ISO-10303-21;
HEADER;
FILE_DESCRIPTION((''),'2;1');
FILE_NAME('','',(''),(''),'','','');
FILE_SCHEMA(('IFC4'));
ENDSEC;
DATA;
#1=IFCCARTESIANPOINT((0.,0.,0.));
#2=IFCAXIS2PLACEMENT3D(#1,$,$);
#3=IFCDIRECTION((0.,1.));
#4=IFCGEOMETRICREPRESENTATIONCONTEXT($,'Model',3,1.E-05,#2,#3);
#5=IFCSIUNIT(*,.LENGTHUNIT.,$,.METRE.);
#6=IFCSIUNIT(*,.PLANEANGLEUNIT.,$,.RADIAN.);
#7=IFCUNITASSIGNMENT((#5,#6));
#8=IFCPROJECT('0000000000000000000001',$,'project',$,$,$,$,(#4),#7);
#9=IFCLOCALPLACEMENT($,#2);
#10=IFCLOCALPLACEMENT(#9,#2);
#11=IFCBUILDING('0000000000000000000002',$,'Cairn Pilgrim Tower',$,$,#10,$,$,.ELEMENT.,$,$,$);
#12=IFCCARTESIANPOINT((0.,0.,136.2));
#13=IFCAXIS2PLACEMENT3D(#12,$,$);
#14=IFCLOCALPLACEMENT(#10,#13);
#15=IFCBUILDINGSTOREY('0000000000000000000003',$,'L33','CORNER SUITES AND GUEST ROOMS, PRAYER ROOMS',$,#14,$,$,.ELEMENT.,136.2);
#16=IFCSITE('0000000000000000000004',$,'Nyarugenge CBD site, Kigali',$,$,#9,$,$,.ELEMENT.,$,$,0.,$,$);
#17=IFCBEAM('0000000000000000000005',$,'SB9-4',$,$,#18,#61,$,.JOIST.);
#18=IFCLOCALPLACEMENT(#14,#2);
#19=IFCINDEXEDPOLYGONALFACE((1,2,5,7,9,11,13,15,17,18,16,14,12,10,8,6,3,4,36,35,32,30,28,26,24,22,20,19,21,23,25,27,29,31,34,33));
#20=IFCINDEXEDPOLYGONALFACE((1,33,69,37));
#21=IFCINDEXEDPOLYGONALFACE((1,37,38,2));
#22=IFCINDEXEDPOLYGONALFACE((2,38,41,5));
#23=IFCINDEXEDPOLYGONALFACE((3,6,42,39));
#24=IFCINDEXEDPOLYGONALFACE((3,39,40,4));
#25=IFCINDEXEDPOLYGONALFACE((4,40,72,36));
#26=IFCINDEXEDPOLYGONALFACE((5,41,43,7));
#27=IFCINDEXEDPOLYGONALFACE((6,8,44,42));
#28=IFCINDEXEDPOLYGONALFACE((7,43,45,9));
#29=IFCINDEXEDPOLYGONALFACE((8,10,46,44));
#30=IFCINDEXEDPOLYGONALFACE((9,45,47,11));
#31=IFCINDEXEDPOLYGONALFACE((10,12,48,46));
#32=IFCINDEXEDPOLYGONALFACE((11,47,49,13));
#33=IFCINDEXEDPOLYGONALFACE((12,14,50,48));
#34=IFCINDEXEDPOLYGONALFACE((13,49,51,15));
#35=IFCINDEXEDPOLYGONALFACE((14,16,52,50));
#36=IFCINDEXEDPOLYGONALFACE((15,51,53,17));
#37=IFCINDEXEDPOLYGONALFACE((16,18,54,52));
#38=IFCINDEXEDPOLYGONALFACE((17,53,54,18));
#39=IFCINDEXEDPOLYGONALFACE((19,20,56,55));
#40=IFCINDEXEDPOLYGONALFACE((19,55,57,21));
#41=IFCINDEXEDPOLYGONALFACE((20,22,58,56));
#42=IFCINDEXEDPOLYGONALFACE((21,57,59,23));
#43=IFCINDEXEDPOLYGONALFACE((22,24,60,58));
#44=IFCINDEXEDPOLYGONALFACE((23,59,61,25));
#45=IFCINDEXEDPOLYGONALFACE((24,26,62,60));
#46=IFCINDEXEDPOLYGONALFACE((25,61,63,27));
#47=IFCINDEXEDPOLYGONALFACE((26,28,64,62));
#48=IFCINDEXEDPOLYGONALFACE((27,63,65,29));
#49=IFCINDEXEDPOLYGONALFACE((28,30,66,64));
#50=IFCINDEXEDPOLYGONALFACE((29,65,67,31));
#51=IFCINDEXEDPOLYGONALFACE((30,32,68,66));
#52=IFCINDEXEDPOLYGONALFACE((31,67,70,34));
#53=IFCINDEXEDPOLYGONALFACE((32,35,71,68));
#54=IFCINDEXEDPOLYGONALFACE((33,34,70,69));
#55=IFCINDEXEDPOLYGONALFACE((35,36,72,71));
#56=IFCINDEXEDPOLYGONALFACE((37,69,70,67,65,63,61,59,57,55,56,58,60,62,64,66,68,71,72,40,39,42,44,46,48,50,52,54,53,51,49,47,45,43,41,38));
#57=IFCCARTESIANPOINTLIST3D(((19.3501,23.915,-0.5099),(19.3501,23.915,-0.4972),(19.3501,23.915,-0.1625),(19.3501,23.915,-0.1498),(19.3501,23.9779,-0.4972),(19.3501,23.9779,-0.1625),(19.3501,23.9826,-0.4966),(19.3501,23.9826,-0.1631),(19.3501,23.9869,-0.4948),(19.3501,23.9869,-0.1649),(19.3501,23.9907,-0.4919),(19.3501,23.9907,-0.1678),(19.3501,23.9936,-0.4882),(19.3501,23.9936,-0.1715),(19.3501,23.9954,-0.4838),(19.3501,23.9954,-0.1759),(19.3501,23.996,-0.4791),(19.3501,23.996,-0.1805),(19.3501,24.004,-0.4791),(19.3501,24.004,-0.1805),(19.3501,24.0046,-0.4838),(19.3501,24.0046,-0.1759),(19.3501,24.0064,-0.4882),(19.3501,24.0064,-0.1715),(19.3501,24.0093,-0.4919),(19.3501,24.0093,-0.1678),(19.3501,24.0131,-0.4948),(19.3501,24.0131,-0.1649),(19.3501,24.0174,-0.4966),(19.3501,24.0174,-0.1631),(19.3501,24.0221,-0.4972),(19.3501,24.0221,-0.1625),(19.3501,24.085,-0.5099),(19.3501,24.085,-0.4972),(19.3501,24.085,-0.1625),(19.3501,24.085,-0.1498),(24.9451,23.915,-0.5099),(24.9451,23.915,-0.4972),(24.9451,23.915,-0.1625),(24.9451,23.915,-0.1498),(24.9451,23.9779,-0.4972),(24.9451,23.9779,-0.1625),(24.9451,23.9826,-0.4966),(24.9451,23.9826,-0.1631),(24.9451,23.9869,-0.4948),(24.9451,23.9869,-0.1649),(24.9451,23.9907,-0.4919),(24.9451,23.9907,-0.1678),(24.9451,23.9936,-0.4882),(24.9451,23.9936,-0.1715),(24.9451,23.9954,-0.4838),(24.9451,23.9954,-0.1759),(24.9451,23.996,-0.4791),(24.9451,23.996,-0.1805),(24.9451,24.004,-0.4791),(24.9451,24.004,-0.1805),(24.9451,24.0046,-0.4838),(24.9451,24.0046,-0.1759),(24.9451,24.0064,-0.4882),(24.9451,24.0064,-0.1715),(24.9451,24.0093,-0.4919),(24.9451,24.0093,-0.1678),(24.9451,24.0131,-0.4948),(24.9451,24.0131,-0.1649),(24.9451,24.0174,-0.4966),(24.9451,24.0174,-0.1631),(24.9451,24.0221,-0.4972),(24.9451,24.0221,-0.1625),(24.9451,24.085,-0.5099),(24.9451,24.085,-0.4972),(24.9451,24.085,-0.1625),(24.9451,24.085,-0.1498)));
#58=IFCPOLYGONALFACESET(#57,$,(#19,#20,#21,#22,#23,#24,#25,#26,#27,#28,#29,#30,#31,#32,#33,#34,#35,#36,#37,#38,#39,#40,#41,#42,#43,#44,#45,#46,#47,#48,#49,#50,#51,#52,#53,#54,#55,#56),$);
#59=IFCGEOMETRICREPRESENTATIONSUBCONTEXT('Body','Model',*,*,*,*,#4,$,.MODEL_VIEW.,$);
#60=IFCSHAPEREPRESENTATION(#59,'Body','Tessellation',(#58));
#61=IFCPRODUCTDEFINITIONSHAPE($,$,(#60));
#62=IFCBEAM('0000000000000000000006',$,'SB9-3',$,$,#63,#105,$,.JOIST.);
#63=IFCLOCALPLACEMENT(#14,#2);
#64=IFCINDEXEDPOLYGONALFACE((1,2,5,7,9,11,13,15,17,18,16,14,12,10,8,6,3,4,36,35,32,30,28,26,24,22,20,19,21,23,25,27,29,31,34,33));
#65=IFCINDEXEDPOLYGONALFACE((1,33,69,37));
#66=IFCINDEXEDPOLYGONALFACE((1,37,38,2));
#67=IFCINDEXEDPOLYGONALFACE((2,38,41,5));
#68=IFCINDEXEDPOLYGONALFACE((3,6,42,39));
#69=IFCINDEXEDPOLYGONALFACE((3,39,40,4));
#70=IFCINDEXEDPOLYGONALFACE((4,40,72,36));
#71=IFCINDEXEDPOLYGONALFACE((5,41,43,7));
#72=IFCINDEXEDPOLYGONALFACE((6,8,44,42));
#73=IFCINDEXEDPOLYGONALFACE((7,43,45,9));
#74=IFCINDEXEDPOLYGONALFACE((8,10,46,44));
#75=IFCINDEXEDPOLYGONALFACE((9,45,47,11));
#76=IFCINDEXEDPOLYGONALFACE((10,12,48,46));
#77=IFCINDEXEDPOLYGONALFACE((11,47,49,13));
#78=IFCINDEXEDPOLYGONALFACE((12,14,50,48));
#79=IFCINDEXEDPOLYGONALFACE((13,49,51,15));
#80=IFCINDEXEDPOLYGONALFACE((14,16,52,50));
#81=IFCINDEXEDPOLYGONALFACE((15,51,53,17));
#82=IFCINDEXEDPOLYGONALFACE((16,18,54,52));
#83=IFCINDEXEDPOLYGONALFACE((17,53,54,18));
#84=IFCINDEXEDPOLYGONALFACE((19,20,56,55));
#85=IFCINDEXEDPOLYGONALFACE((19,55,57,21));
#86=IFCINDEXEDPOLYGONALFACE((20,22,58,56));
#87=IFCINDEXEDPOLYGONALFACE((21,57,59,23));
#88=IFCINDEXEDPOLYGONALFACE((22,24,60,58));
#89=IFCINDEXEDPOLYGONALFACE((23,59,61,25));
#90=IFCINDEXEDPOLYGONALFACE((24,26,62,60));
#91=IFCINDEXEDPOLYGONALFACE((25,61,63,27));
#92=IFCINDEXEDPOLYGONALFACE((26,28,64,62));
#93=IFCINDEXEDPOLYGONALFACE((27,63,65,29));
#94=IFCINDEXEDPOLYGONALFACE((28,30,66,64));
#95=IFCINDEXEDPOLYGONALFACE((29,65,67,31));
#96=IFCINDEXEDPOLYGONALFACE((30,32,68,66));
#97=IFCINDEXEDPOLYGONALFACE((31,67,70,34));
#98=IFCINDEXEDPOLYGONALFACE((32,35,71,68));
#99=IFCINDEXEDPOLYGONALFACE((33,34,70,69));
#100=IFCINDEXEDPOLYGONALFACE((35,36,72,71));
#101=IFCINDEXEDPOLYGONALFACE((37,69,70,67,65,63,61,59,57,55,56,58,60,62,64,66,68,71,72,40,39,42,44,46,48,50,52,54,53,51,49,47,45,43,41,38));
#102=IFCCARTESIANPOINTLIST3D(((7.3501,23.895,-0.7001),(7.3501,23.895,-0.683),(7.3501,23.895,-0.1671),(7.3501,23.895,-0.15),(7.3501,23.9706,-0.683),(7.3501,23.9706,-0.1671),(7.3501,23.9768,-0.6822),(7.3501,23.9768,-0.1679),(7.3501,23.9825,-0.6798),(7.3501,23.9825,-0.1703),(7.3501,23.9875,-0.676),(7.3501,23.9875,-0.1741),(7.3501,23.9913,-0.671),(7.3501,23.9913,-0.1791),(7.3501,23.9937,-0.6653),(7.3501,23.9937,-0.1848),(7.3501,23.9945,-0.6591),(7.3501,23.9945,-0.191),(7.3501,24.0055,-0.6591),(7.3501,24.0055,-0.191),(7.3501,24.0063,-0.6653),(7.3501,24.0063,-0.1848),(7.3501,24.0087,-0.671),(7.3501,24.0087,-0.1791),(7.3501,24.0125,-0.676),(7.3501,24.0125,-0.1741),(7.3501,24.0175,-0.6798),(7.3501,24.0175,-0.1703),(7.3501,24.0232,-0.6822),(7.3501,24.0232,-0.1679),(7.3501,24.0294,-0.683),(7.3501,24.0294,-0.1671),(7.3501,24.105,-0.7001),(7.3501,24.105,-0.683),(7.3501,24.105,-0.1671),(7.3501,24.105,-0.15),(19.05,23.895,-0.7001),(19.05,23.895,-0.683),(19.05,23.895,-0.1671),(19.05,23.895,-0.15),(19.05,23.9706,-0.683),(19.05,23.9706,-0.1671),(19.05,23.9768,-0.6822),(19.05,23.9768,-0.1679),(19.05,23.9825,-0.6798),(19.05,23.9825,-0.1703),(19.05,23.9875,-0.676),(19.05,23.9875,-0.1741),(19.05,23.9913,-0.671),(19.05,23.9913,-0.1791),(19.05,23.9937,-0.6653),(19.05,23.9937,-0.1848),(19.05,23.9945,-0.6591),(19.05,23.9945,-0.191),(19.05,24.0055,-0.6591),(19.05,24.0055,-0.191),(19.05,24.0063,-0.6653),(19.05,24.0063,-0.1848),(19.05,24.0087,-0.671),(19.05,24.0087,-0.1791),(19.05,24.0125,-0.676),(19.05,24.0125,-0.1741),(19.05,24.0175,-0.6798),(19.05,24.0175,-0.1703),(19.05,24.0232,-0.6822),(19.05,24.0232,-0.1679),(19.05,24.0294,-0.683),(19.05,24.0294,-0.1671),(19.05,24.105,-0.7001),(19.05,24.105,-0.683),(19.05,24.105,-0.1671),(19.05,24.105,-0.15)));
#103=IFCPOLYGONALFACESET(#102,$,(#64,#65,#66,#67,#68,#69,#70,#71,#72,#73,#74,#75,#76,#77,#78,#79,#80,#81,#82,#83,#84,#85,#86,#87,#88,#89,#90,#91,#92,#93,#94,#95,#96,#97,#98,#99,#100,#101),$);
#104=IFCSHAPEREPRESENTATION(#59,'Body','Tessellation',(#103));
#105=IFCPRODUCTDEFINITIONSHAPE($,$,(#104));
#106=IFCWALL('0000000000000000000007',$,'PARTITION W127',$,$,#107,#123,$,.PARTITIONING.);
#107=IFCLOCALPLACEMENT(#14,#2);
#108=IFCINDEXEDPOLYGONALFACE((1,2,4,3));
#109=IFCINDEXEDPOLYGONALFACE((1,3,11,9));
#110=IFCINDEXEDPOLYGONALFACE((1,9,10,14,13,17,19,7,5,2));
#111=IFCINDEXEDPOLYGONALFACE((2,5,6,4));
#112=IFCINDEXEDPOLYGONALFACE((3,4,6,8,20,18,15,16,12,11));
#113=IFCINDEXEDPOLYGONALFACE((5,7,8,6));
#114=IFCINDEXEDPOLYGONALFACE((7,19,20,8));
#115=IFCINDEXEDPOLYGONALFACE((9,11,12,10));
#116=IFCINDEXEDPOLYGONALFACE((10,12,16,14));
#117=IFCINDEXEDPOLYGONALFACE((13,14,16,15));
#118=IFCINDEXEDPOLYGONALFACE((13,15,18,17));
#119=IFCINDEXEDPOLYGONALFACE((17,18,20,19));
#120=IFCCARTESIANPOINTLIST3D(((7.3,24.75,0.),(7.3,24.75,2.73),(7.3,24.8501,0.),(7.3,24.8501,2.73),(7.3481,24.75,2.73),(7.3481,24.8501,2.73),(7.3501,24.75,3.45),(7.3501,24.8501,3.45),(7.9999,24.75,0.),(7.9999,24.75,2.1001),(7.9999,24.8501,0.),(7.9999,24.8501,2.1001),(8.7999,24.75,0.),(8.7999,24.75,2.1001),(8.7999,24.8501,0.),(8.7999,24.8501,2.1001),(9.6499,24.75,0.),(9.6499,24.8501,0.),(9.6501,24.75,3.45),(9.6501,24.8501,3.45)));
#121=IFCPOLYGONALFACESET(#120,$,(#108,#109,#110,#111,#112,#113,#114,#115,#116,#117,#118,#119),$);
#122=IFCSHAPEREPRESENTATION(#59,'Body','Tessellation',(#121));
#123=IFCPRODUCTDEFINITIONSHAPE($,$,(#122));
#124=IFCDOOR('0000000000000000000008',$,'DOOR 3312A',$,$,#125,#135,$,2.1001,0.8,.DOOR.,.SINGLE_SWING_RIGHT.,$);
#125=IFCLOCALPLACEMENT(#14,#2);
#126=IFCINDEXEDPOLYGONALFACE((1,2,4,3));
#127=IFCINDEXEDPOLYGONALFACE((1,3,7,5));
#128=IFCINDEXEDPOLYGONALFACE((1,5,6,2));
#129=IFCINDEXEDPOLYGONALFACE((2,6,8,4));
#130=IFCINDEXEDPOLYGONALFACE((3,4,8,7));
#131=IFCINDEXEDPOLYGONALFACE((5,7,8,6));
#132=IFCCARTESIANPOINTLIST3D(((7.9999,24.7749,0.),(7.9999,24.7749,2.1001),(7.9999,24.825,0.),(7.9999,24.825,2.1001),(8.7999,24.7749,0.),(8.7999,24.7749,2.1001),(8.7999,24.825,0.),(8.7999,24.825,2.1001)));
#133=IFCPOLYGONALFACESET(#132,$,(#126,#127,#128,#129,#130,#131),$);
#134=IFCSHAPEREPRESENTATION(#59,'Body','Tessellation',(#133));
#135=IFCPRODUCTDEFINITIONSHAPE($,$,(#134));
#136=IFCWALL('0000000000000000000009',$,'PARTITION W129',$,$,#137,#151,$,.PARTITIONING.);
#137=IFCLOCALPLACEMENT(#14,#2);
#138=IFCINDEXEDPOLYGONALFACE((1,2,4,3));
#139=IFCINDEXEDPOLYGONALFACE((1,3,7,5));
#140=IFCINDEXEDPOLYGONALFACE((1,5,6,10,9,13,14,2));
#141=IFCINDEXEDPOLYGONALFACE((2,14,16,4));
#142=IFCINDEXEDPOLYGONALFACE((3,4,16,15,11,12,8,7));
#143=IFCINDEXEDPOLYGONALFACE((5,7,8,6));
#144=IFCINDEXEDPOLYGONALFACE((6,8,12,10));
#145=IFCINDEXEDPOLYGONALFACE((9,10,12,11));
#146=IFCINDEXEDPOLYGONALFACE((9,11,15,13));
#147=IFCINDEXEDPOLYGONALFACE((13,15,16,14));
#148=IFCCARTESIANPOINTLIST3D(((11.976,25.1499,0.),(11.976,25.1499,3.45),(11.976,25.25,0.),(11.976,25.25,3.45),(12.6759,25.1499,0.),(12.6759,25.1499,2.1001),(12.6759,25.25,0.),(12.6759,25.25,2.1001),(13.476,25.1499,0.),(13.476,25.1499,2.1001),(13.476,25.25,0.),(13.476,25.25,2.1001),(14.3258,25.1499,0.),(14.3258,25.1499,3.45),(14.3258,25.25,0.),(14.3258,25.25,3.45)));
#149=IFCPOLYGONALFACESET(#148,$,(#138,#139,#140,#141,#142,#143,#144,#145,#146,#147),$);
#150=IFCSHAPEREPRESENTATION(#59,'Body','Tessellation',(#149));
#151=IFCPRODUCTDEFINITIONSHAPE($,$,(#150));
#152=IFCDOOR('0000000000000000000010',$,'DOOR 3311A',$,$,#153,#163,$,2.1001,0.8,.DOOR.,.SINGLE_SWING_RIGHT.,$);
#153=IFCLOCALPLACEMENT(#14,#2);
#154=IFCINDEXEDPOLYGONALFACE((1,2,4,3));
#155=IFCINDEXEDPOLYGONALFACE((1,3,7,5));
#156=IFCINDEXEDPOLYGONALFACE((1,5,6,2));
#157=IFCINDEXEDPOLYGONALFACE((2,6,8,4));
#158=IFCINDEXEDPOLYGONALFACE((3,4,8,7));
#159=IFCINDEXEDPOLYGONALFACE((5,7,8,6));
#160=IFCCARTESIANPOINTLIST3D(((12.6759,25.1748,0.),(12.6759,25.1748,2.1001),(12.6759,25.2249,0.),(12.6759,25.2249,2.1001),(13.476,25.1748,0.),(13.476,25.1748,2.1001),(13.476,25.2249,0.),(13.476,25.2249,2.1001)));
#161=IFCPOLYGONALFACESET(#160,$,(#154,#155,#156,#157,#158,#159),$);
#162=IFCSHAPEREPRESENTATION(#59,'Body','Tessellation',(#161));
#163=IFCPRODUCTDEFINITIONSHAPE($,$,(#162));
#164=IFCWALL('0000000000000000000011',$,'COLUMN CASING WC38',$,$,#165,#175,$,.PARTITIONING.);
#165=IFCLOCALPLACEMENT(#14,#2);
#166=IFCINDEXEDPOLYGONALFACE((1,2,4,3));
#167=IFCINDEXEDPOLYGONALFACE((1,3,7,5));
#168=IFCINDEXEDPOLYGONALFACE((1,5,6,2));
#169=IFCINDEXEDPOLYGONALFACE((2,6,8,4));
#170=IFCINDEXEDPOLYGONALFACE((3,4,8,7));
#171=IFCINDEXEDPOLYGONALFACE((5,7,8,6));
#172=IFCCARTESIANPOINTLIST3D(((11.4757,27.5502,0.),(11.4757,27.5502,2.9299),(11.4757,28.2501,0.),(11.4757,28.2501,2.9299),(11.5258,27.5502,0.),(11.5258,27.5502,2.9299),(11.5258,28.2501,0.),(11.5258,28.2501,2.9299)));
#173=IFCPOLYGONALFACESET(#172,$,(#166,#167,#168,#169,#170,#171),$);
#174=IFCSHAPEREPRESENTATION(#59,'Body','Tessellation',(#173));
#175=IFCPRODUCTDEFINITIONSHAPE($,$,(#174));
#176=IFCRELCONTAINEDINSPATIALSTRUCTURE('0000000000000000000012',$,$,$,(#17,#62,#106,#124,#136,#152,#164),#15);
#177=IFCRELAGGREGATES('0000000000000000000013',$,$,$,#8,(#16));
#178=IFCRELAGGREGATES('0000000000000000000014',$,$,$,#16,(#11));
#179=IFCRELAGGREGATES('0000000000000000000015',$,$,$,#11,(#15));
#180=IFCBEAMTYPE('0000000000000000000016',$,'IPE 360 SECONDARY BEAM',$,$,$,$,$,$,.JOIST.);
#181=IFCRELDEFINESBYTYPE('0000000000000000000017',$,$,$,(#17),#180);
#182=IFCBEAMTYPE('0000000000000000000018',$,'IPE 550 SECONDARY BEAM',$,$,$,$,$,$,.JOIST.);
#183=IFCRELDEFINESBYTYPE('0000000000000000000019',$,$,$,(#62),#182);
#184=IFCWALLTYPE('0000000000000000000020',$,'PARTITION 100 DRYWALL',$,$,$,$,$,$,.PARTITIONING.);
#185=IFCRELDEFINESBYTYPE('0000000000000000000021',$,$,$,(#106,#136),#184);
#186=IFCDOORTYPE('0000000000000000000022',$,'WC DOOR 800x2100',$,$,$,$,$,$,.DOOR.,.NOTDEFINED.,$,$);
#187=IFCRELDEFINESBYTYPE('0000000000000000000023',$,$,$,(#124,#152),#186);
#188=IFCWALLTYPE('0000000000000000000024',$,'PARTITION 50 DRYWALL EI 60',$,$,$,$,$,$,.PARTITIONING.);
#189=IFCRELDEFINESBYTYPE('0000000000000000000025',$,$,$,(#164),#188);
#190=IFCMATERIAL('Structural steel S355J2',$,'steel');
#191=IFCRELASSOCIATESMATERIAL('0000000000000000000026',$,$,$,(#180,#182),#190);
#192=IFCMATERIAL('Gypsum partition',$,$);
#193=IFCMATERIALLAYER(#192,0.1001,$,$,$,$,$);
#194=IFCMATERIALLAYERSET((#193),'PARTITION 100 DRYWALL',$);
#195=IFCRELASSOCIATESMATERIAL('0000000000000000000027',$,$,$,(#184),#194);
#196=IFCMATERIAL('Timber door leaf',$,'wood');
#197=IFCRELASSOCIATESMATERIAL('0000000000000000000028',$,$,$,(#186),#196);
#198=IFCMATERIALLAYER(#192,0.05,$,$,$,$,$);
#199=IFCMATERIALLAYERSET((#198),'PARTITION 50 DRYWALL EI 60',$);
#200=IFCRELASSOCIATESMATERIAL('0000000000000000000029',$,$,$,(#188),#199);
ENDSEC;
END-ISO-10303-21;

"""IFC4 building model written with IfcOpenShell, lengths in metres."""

from ifc_helpers import new_model, si_unit, direction, frame, frame_2d, origin, origin_2d, place, context, subcontext, project, spatial, polyline, rectangle, i_section, outline, extrude, material, layer, layer_set, material_profile, profile_set, type_object, element, fill, save


model = new_model("IFC4")

# Units and contexts
model_context = context("Model", 3, precision=1e-05, world=origin(), true_north=direction((0.0, 1.0)))
body_context = subcontext(model_context, "Body", "Model", "MODEL_VIEW")
ifc_project = project(units=[si_unit("LENGTHUNIT", "METRE"), si_unit("PLANEANGLEUNIT", "RADIAN")], contexts=[model_context])

# Site, building, storey
site_placement = place(None, origin())
site = spatial("IfcSite", under=ifc_project, at=site_placement, Name="Nyarugenge CBD site, Kigali", CompositionType="ELEMENT", RefElevation=0.0)
building_placement = place(site_placement, origin())
building = spatial("IfcBuilding", under=site, at=building_placement, Name="Cairn Pilgrim Tower", CompositionType="ELEMENT")
storey_placement = place(building_placement, frame((0.0, 0.0, 136.2)))
storey = spatial("IfcBuildingStorey", under=building, at=storey_placement, Name="L33", Description="CORNER SUITES AND GUEST ROOMS, PRAYER ROOMS", CompositionType="ELEMENT", Elevation=136.2)

# Beams
ifc_material_1 = material(Name="Structural steel S355J2", Category="steel")
ifc_material_profile_1 = material_profile(ifc_material_1, i_section(OverallWidth=0.1699, OverallDepth=0.3601, WebThickness=0.0081, FlangeThickness=0.0127, FilletRadius=0.0181, at=origin_2d()), Name="IPE 360")
ifc_profile_set_1 = profile_set([ifc_material_profile_1], Name="Structural steel S355J2")
beam_type_1 = type_object("IfcBeamType", Name="IPE 360 SECONDARY BEAM", PredefinedType="JOIST", material=ifc_profile_set_1)
beam_1_placement = place(storey_placement, frame((19.3501, 24.0, -0.3298), z_axis=(1.0, 0.0, 0.0), x_axis=(0.0, 1.0, 0.0)))
element("IfcBeam", 1, at=beam_1_placement, inside=storey, type_object=beam_type_1, Name="SB9-4", PredefinedType="JOIST", context=body_context, shape_type="SweptSolid", body=[
    extrude(i_section(OverallWidth=0.1699, OverallDepth=0.3601, WebThickness=0.0081, FlangeThickness=0.0127, FilletRadius=0.0181, at=origin_2d()), origin(), (0.0, 0.0, 1.0), 5.595),
])
ifc_material_profile_2 = material_profile(ifc_material_1, i_section(OverallWidth=0.21, OverallDepth=0.55, WebThickness=0.011, FlangeThickness=0.0171, FilletRadius=0.0239, at=origin_2d()), Name="IPE 550")
ifc_profile_set_2 = profile_set([ifc_material_profile_2], Name="Structural steel S355J2")
beam_type_2 = type_object("IfcBeamType", Name="IPE 550 SECONDARY BEAM", PredefinedType="JOIST", material=ifc_profile_set_2)
beam_2_placement = place(storey_placement, frame((7.3501, 24.0, -0.425), z_axis=(1.0, 0.0, 0.0), x_axis=(0.0, 1.0, 0.0)))
element("IfcBeam", 2, at=beam_2_placement, inside=storey, type_object=beam_type_2, Name="SB9-3", PredefinedType="JOIST", context=body_context, shape_type="SweptSolid", body=[
    extrude(i_section(OverallWidth=0.21, OverallDepth=0.55, WebThickness=0.011, FlangeThickness=0.0171, FilletRadius=0.0239, at=origin_2d()), origin(), (0.0, 0.0, 1.0), 11.7),
])

# Walls, openings, doors
ifc_material_2 = material(Name="Gypsum partition")
ifc_layer_1 = layer(ifc_material_2, 0.1001)
ifc_layer_set_1 = layer_set([ifc_layer_1], Name="PARTITION 100 DRYWALL")
wall_type_1 = type_object("IfcWallType", Name="PARTITION 100 DRYWALL", PredefinedType="PARTITIONING", material=ifc_layer_set_1)
wall_1_placement = place(storey_placement, frame((7.3, 24.8, 0.0), z_axis=(0.0, 0.0, 1.0), x_axis=(1.0, 0.0, 0.0)))
wall_1 = element("IfcWall", 3, at=wall_1_placement, inside=storey, type_object=wall_type_1, Name="PARTITION W127", PredefinedType="PARTITIONING", context=body_context, shape_type="SweptSolid", body=[
    extrude(outline(polyline([(0.0, 0.0), (2.3499, 0.0), (2.3501, 3.45), (0.05, 3.45), (0.0481, 2.73), (0.0, 2.73), (0.0, 0.0)])), frame((0.0, 0.05, 0.0), z_axis=(0.0, -1.0, 0.0), x_axis=(1.0, 0.0, 0.0)), (0.0, 0.0, 1.0), 0.1001),
])
opening_1_placement = place(wall_1_placement, frame((0.7, 0.0, 0.0)))
opening_1 = element("IfcOpeningElement", 4, at=opening_1_placement, cuts=wall_1, PredefinedType="OPENING", context=body_context, shape_type="SweptSolid", body=[
    extrude(rectangle(XDim=0.8, YDim=2.1001, at=frame_2d((0.3999, 1.05))), frame((0.0, 0.0601, 0.0), z_axis=(0.0, -1.0, 0.0), x_axis=(1.0, 0.0, 0.0)), (0.0, 0.0, 1.0), 0.1201),
])
ifc_material_3 = material(Name="Timber door leaf", Category="wood")
door_type_1 = type_object("IfcDoorType", Name="WC DOOR 800x2100", OperationType="NOTDEFINED", PredefinedType="DOOR", material=ifc_material_3)
door_1_placement = place(opening_1_placement, origin())
door_1 = element("IfcDoor", 5, at=door_1_placement, inside=storey, type_object=door_type_1, Name="DOOR 3312A", OperationType="SINGLE_SWING_RIGHT", OverallHeight=2.1001, OverallWidth=0.8, PredefinedType="DOOR", context=body_context, shape_type="SweptSolid", body=[
    extrude(rectangle(XDim=0.8, YDim=2.1001, at=frame_2d((0.3999, 1.05))), frame((0.0, 0.0249, 0.0), z_axis=(0.0, -1.0, 0.0), x_axis=(1.0, 0.0, 0.0)), (0.0, 0.0, 1.0), 0.05),
])
fill(opening_1, door_1)
wall_2_placement = place(storey_placement, frame((11.9761, 25.2, 0.0), z_axis=(0.0, 0.0, 1.0), x_axis=(1.0, 0.0, 0.0)))
wall_2 = element("IfcWall", 6, at=wall_2_placement, inside=storey, type_object=wall_type_1, Name="PARTITION W129", PredefinedType="PARTITIONING", context=body_context, shape_type="SweptSolid", body=[
    extrude(rectangle(XDim=2.3499, YDim=0.1001, at=frame_2d((1.1748, 0.0))), origin(), (0.0, 0.0, 1.0), 3.45),
])
opening_2_placement = place(wall_2_placement, frame((0.7, 0.0, 0.0)))
opening_2 = element("IfcOpeningElement", 7, at=opening_2_placement, cuts=wall_2, PredefinedType="OPENING", context=body_context, shape_type="SweptSolid", body=[
    extrude(rectangle(XDim=0.8, YDim=2.1001, at=frame_2d((0.3999, 1.05))), frame((0.0, 0.0601, 0.0), z_axis=(0.0, -1.0, 0.0), x_axis=(1.0, 0.0, 0.0)), (0.0, 0.0, 1.0), 0.1201),
])
door_2_placement = place(opening_2_placement, origin())
door_2 = element("IfcDoor", 8, at=door_2_placement, inside=storey, type_object=door_type_1, Name="DOOR 3311A", OperationType="SINGLE_SWING_RIGHT", OverallHeight=2.1001, OverallWidth=0.8, PredefinedType="DOOR", context=body_context, shape_type="SweptSolid", body=[
    extrude(rectangle(XDim=0.8, YDim=2.1001, at=frame_2d((0.3999, 1.05))), frame((0.0, 0.0249, 0.0), z_axis=(0.0, -1.0, 0.0), x_axis=(1.0, 0.0, 0.0)), (0.0, 0.0, 1.0), 0.05),
])
fill(opening_2, door_2)

# Wall
ifc_layer_2 = layer(ifc_material_2, 0.05)
ifc_layer_set_2 = layer_set([ifc_layer_2], Name="PARTITION 50 DRYWALL EI 60")
wall_type_2 = type_object("IfcWallType", Name="PARTITION 50 DRYWALL EI 60", PredefinedType="PARTITIONING", material=ifc_layer_set_2)
wall_3_placement = place(storey_placement, frame((11.5007, 27.55, 0.0), z_axis=(0.0, 0.0, 1.0), x_axis=(0.0, 1.0, 0.0)))
element("IfcWall", 9, at=wall_3_placement, inside=storey, type_object=wall_type_2, Name="COLUMN CASING WC38", PredefinedType="PARTITIONING", context=body_context, shape_type="SweptSolid", body=[
    extrude(rectangle(XDim=0.7, YDim=0.05, at=frame_2d((0.3501, 0.0))), origin(), (0.0, 0.0, 1.0), 2.9299),
])

save(model, "model.ifc")
